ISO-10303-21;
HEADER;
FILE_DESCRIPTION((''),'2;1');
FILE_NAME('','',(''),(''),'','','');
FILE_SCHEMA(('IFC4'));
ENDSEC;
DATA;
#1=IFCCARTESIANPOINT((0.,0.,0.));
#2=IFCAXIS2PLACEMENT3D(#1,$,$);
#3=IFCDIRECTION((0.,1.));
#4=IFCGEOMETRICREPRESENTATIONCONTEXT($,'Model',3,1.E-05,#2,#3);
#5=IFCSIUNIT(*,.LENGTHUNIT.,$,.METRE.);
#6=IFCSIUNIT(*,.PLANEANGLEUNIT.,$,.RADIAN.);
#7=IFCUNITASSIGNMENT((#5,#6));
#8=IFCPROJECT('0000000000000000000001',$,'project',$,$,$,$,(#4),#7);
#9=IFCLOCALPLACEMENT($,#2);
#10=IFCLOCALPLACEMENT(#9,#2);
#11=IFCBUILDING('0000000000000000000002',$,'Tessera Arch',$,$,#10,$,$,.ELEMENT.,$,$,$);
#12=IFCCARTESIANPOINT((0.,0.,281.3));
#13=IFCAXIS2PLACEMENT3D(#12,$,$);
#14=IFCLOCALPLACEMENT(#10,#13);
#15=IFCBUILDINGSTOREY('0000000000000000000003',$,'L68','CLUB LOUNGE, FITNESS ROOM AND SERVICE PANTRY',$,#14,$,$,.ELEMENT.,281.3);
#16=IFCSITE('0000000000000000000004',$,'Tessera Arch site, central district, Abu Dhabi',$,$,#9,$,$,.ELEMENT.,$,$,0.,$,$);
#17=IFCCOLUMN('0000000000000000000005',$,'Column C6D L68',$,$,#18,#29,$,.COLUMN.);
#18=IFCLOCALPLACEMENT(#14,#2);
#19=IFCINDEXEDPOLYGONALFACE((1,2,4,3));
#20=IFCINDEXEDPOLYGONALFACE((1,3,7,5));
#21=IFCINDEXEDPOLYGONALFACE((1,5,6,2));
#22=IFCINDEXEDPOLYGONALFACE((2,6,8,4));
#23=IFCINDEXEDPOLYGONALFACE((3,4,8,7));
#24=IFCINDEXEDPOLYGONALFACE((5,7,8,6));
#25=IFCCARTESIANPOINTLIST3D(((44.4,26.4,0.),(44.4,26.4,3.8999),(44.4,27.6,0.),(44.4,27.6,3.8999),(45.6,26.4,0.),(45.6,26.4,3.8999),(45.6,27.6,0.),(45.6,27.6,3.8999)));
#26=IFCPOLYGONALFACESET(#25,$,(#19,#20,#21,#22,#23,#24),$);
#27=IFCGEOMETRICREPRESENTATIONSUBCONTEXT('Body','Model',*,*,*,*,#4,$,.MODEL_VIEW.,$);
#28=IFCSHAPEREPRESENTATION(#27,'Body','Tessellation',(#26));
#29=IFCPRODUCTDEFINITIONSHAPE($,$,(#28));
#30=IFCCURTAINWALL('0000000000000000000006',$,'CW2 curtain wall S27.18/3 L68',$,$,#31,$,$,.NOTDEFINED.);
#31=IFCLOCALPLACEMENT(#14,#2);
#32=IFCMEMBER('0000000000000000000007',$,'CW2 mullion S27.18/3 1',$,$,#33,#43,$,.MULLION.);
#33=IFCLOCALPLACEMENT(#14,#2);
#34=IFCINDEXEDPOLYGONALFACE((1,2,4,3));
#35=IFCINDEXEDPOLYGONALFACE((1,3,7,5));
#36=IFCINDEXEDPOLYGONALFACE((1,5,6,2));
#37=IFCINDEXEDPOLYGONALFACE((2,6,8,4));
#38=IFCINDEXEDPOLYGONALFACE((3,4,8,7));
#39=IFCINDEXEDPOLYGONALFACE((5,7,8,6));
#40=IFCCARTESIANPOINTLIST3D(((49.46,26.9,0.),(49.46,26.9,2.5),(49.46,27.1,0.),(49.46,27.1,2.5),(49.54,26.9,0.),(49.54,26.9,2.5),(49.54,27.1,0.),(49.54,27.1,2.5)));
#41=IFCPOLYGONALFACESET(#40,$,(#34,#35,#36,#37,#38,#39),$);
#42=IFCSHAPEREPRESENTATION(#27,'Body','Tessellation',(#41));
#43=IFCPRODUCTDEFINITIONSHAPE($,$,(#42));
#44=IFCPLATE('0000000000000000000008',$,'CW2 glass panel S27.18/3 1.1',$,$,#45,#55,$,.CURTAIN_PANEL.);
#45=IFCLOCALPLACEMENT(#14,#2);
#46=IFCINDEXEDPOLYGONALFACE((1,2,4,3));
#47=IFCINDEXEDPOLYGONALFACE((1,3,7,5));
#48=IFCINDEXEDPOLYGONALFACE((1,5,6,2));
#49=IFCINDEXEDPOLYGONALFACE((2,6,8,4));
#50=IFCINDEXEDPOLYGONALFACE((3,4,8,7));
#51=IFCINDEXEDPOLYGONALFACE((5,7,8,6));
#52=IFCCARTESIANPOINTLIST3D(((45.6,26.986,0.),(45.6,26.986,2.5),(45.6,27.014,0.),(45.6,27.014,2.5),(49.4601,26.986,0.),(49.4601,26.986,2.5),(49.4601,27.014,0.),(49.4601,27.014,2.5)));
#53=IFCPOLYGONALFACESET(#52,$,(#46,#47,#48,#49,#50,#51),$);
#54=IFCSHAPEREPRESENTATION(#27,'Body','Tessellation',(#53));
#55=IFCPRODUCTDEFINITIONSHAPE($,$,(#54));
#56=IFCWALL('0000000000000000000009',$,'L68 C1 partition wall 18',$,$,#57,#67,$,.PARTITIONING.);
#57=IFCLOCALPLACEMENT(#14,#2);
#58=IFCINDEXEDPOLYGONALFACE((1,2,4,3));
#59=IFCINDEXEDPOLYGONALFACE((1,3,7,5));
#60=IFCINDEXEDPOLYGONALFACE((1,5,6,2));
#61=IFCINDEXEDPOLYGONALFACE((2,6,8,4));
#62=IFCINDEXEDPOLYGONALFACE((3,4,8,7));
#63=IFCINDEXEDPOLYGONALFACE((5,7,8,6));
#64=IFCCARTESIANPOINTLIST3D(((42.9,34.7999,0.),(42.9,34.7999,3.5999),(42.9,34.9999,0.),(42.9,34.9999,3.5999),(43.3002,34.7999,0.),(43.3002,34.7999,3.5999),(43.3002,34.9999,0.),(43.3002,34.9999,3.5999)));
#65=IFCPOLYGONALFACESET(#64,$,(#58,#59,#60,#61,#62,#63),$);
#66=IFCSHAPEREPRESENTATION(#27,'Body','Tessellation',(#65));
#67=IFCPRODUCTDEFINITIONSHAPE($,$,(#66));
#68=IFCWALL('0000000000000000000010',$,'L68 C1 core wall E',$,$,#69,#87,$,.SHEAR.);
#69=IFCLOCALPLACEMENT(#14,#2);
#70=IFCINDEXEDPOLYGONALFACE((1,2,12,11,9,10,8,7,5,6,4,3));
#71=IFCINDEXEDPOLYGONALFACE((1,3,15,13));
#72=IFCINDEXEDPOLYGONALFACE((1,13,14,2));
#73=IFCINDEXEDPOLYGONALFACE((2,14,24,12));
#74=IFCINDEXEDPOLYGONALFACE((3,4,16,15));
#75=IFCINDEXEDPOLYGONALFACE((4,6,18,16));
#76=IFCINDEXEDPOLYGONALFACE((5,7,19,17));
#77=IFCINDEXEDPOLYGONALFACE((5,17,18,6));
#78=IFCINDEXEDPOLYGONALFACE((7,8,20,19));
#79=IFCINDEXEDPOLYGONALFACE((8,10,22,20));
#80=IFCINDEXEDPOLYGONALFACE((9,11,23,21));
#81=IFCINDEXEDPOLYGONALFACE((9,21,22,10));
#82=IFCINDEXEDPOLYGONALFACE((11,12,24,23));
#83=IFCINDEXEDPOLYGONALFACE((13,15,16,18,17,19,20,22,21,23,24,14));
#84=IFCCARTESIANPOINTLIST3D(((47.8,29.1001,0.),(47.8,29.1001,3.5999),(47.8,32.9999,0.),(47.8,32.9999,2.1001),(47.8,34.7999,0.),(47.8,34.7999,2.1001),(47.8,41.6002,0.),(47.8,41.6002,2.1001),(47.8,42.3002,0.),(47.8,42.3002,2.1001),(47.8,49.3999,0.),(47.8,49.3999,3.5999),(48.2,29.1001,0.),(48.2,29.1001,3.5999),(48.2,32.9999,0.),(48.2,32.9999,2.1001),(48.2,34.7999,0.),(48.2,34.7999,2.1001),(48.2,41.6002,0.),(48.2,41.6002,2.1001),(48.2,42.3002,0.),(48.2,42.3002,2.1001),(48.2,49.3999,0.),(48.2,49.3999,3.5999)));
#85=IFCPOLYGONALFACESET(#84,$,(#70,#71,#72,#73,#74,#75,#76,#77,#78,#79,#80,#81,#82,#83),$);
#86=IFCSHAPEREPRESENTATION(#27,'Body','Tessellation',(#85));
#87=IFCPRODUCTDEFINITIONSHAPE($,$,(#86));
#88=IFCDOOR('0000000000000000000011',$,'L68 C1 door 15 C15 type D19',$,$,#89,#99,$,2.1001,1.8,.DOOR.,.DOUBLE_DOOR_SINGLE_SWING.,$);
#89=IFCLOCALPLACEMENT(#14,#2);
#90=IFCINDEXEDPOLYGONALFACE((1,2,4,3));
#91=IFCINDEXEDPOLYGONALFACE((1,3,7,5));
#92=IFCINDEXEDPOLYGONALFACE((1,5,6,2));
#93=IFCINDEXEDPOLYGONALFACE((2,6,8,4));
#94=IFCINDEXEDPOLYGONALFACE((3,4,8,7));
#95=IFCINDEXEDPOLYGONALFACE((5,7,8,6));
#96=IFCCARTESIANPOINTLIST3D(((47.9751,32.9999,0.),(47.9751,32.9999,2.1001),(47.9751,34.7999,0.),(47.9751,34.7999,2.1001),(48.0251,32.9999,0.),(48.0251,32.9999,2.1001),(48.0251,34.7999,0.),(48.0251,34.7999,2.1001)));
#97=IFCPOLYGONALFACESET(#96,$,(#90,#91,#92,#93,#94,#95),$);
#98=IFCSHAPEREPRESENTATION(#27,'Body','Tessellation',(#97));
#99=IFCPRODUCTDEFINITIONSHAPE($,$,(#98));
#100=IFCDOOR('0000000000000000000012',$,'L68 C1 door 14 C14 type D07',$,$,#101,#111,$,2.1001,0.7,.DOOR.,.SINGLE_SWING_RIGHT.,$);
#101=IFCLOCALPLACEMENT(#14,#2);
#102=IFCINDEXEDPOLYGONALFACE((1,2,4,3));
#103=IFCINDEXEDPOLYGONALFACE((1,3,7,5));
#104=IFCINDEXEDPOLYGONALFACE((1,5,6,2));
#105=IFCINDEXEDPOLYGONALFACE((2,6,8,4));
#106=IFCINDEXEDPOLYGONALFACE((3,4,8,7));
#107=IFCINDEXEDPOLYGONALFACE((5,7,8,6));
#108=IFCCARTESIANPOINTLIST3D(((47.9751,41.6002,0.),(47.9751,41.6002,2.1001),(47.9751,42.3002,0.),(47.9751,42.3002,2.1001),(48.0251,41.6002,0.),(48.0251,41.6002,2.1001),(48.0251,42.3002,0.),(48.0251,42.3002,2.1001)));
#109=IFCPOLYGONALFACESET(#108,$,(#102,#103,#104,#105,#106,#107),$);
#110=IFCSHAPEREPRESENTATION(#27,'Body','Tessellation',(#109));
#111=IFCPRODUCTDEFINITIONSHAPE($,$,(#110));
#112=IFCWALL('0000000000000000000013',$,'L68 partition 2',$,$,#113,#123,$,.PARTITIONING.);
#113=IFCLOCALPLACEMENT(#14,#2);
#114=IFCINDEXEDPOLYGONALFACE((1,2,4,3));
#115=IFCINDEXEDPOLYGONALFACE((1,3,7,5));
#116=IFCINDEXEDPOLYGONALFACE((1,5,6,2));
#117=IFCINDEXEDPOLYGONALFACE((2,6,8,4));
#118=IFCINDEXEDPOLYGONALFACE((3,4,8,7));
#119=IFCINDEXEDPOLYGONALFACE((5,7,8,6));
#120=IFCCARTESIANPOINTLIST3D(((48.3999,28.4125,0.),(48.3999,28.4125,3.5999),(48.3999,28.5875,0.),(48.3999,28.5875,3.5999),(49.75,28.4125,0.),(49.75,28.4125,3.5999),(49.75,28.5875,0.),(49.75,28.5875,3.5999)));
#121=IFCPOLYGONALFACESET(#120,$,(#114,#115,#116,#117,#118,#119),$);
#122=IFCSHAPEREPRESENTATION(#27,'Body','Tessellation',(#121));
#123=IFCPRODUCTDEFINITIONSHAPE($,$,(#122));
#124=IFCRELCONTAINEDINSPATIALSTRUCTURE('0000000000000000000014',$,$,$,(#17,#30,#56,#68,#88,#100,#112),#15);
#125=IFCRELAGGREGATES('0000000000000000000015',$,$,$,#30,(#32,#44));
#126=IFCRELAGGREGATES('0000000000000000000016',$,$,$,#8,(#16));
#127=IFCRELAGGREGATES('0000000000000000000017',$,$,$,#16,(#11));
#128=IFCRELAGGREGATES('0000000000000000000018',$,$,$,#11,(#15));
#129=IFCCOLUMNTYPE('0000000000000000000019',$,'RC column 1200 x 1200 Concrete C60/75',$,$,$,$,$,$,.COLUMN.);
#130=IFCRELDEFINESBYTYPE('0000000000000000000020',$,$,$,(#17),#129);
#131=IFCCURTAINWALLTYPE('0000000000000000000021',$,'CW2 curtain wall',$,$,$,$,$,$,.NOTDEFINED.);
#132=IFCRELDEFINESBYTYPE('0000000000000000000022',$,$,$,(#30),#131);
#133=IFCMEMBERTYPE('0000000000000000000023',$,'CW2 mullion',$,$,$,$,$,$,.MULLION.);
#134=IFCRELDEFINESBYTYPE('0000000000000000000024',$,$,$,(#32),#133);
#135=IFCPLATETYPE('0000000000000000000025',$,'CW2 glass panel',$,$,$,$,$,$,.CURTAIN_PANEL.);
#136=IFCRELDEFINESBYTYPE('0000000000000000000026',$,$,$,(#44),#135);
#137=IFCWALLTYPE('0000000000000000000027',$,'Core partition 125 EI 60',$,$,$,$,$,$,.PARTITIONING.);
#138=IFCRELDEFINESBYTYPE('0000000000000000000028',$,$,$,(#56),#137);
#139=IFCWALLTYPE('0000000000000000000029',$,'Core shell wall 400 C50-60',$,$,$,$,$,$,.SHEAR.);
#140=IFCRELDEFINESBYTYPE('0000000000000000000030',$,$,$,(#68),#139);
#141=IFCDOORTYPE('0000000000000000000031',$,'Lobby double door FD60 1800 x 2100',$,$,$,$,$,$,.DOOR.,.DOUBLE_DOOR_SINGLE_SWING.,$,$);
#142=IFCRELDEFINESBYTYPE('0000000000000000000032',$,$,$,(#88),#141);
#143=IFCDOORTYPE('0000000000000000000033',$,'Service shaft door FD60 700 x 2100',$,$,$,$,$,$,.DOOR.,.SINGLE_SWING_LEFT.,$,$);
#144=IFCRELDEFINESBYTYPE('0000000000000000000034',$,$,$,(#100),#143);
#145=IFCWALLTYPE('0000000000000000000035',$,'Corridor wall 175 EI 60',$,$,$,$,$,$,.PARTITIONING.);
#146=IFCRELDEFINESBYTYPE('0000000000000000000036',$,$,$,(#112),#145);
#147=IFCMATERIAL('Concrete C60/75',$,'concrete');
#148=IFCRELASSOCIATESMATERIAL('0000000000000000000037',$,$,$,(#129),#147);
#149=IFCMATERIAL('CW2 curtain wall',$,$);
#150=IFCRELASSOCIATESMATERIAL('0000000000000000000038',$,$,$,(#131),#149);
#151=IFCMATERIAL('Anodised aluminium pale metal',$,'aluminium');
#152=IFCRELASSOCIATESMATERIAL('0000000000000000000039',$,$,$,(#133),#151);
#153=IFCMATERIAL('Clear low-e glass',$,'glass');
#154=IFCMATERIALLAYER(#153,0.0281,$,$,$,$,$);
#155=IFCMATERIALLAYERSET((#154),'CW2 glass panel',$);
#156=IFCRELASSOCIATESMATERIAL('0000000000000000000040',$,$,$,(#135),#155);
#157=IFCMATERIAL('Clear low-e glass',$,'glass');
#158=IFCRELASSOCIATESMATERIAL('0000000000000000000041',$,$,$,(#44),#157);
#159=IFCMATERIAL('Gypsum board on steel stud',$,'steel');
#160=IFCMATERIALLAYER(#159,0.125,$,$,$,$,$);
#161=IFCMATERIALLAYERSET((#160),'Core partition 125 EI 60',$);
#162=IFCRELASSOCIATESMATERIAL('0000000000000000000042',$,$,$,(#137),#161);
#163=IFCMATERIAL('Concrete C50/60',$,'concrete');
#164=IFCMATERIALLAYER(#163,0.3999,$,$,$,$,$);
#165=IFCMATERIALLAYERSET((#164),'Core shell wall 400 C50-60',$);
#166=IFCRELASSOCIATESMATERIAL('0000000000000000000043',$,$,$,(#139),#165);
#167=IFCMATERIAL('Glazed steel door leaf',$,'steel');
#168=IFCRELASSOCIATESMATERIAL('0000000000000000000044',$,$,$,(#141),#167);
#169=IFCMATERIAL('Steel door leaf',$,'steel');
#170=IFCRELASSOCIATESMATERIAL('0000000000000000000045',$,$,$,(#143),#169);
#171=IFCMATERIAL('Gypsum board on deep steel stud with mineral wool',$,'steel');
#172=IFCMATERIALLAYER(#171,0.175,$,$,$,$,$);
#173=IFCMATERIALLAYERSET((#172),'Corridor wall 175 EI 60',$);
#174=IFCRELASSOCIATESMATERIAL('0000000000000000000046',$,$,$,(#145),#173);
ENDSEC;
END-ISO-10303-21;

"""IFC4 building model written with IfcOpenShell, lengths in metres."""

from ifc_helpers import new_model, si_unit, direction, frame, frame_2d, origin, origin_2d, place, context, subcontext, project, spatial, rectangle, extrude, material, layer, layer_set, material_profile, profile_set, type_object, element, fill, aggregate, save


model = new_model("IFC4")

# Units and contexts
model_context = context("Model", 3, precision=1e-05, world=origin(), true_north=direction((0.0, 1.0)))
body_context = subcontext(model_context, "Body", "Model", "MODEL_VIEW")
ifc_project = project(units=[si_unit("LENGTHUNIT", "METRE"), si_unit("PLANEANGLEUNIT", "RADIAN")], contexts=[model_context])

# Site, building, storey
site_placement = place(None, origin())
site = spatial("IfcSite", under=ifc_project, at=site_placement, Name="Tessera Arch site, central district, Abu Dhabi", CompositionType="ELEMENT", RefElevation=0.0)
building_placement = place(site_placement, origin())
building = spatial("IfcBuilding", under=site, at=building_placement, Name="Tessera Arch", CompositionType="ELEMENT")
storey_placement = place(building_placement, frame((0.0, 0.0, 281.3)))
storey = spatial("IfcBuildingStorey", under=building, at=storey_placement, Name="L68", Description="CLUB LOUNGE, FITNESS ROOM AND SERVICE PANTRY", CompositionType="ELEMENT", Elevation=281.3)

# Column
ifc_material_1 = material(Name="Concrete C60/75", Category="concrete")
ifc_material_profile_1 = material_profile(ifc_material_1, rectangle(XDim=1.2, YDim=1.2, at=origin_2d()), Name="RC column 1200 x 1200 Concrete C60/75")
ifc_profile_set_1 = profile_set([ifc_material_profile_1], Name="Concrete C60/75")
column_type = type_object("IfcColumnType", Name="RC column 1200 x 1200 Concrete C60/75", PredefinedType="COLUMN", material=ifc_profile_set_1)
column_placement = place(storey_placement, frame((45.0, 27.0, 0.0), z_axis=(0.0, 0.0, 1.0), x_axis=(1.0, 0.0, 0.0)))
element("IfcColumn", 1, at=column_placement, inside=storey, type_object=column_type, Name="Column C6D L68", PredefinedType="COLUMN", context=body_context, shape_type="SweptSolid", body=[
    extrude(rectangle(XDim=1.2, YDim=1.2, at=origin_2d()), origin(), (0.0, 0.0, 1.0), 3.8999),
])

# Curtain wall, member, plate
ifc_material_2 = material(Name="CW2 curtain wall")
curtain_wall_type = type_object("IfcCurtainWallType", Name="CW2 curtain wall", PredefinedType="NOTDEFINED", material=ifc_material_2)
curtain_wall_placement = place(storey_placement, origin())
curtain_wall = element("IfcCurtainWall", 2, at=curtain_wall_placement, inside=storey, type_object=curtain_wall_type, Name="CW2 curtain wall S27.18/3 L68", PredefinedType="NOTDEFINED")
ifc_material_3 = material(Name="Anodised aluminium pale metal", Category="aluminium")
ifc_material_profile_2 = material_profile(ifc_material_3, rectangle(XDim=0.2, YDim=0.0801, at=origin_2d()), Name="AL 80x200")
ifc_profile_set_2 = profile_set([ifc_material_profile_2], Name="Anodised aluminium pale metal")
member_type = type_object("IfcMemberType", Name="CW2 mullion", PredefinedType="MULLION", material=ifc_profile_set_2)
member_placement = place(storey_placement, frame((49.5, 27.0, 0.0), z_axis=(0.0, 0.0, 1.0), x_axis=(0.0, 1.0, 0.0)))
member = element("IfcMember", 3, at=member_placement, type_object=member_type, Name="CW2 mullion S27.18/3 1", PredefinedType="MULLION", context=body_context, shape_type="SweptSolid", body=[
    extrude(rectangle(XDim=0.2, YDim=0.0801, at=origin_2d()), origin(), (0.0, 0.0, 1.0), 2.5),
])
ifc_material_4 = material(Name="Clear low-e glass", Category="glass")
ifc_material_5 = material(Name="Clear low-e glass", Category="glass")
ifc_layer_1 = layer(ifc_material_5, 0.0281)
ifc_layer_set_1 = layer_set([ifc_layer_1], Name="CW2 glass panel")
plate_type = type_object("IfcPlateType", Name="CW2 glass panel", PredefinedType="CURTAIN_PANEL", material=ifc_layer_set_1)
plate_placement = place(storey_placement, frame((47.53, 27.0, 0.0), z_axis=(0.0, 0.0, 1.0), x_axis=(1.0, 0.0, 0.0)))
plate = element("IfcPlate", 4, at=plate_placement, type_object=plate_type, material=ifc_material_4, Name="CW2 glass panel S27.18/3 1.1", PredefinedType="CURTAIN_PANEL", context=body_context, shape_type="SweptSolid", body=[
    extrude(rectangle(XDim=3.8601, YDim=0.0281, at=origin_2d()), origin(), (0.0, 0.0, 1.0), 2.5),
])
aggregate(curtain_wall, [member, plate])

# Wall
ifc_material_6 = material(Name="Gypsum board on steel stud", Category="steel")
ifc_layer_2 = layer(ifc_material_6, 0.125)
ifc_layer_set_2 = layer_set([ifc_layer_2], Name="Core partition 125 EI 60")
wall_type_1 = type_object("IfcWallType", Name="Core partition 125 EI 60", PredefinedType="PARTITIONING", material=ifc_layer_set_2)
wall_1_placement = place(storey_placement, frame((42.8999, 34.8999, 0.0), z_axis=(0.0, 0.0, 1.0), x_axis=(1.0, 0.0, 0.0)))
element("IfcWall", 5, at=wall_1_placement, inside=storey, type_object=wall_type_1, Name="L68 C1 partition wall 18", PredefinedType="PARTITIONING", context=body_context, shape_type="SweptSolid", body=[
    extrude(rectangle(XDim=0.4001, YDim=0.2, at=frame_2d((0.2002, 0.0))), origin(), (0.0, 0.0, 1.0), 3.5999),
])

# Wall, openings, doors
ifc_material_7 = material(Name="Concrete C50/60", Category="concrete")
ifc_layer_3 = layer(ifc_material_7, 0.3999)
ifc_layer_set_3 = layer_set([ifc_layer_3], Name="Core shell wall 400 C50-60")
wall_type_2 = type_object("IfcWallType", Name="Core shell wall 400 C50-60", PredefinedType="SHEAR", material=ifc_layer_set_3)
wall_2_placement = place(storey_placement, frame((48.0, 29.1001, 0.0), z_axis=(0.0, 0.0, 1.0), x_axis=(0.0, 1.0, 0.0)))
wall_2 = element("IfcWall", 6, at=wall_2_placement, inside=storey, type_object=wall_type_2, Name="L68 C1 core wall E", PredefinedType="SHEAR", context=body_context, shape_type="SweptSolid", body=[
    extrude(rectangle(XDim=20.2998, YDim=0.3999, at=frame_2d((10.1499, 0.0))), origin(), (0.0, 0.0, 1.0), 3.5999),
])
opening_1_placement = place(wall_2_placement, frame((12.5, 0.0, 0.0)))
opening_1 = element("IfcOpeningElement", 7, at=opening_1_placement, cuts=wall_2, PredefinedType="OPENING", context=body_context, shape_type="SweptSolid", body=[
    extrude(rectangle(XDim=0.7, YDim=2.1001, at=frame_2d((0.3501, 1.05))), frame((0.0, 0.21, 0.0), z_axis=(0.0, -1.0, 0.0), x_axis=(1.0, 0.0, 0.0)), (0.0, 0.0, 1.0), 0.4199),
])
opening_2_placement = place(wall_2_placement, frame((3.8999, 0.0, 0.0)))
opening_2 = element("IfcOpeningElement", 8, at=opening_2_placement, cuts=wall_2, PredefinedType="OPENING", context=body_context, shape_type="SweptSolid", body=[
    extrude(rectangle(XDim=1.8, YDim=2.1001, at=frame_2d((0.8999, 1.05))), frame((0.0, 0.21, 0.0), z_axis=(0.0, -1.0, 0.0), x_axis=(1.0, 0.0, 0.0)), (0.0, 0.0, 1.0), 0.4199),
])
ifc_material_8 = material(Name="Glazed steel door leaf", Category="steel")
door_type_1 = type_object("IfcDoorType", Name="Lobby double door FD60 1800 x 2100", OperationType="DOUBLE_DOOR_SINGLE_SWING", PredefinedType="DOOR", material=ifc_material_8)
door_1_placement = place(opening_2_placement, origin())
door_1 = element("IfcDoor", 9, at=door_1_placement, inside=storey, type_object=door_type_1, Name="L68 C1 door 15 C15 type D19", OperationType="DOUBLE_DOOR_SINGLE_SWING", OverallHeight=2.1001, OverallWidth=1.8, PredefinedType="DOOR", context=body_context, shape_type="SweptSolid", body=[
    extrude(rectangle(XDim=1.8, YDim=2.1001, at=frame_2d((0.8999, 1.05))), frame((0.0, 0.0249, 0.0), z_axis=(0.0, -1.0, 0.0), x_axis=(1.0, 0.0, 0.0)), (0.0, 0.0, 1.0), 0.05),
])
fill(opening_2, door_1)
ifc_material_9 = material(Name="Steel door leaf", Category="steel")
door_type_2 = type_object("IfcDoorType", Name="Service shaft door FD60 700 x 2100", OperationType="SINGLE_SWING_LEFT", PredefinedType="DOOR", material=ifc_material_9)
door_2_placement = place(opening_1_placement, origin())
door_2 = element("IfcDoor", 10, at=door_2_placement, inside=storey, type_object=door_type_2, Name="L68 C1 door 14 C14 type D07", OperationType="SINGLE_SWING_RIGHT", OverallHeight=2.1001, OverallWidth=0.7, PredefinedType="DOOR", context=body_context, shape_type="SweptSolid", body=[
    extrude(rectangle(XDim=0.7, YDim=2.1001, at=frame_2d((0.3501, 1.05))), frame((0.0, 0.0249, 0.0), z_axis=(0.0, -1.0, 0.0), x_axis=(1.0, 0.0, 0.0)), (0.0, 0.0, 1.0), 0.05),
])
fill(opening_1, door_2)

# Wall
ifc_material_10 = material(Name="Gypsum board on deep steel stud with mineral wool", Category="steel")
ifc_layer_4 = layer(ifc_material_10, 0.175)
ifc_layer_set_4 = layer_set([ifc_layer_4], Name="Corridor wall 175 EI 60")
wall_type_3 = type_object("IfcWallType", Name="Corridor wall 175 EI 60", PredefinedType="PARTITIONING", material=ifc_layer_set_4)
wall_3_placement = place(storey_placement, frame((48.3999, 28.5, 0.0), z_axis=(0.0, 0.0, 1.0), x_axis=(1.0, 0.0, 0.0)))
element("IfcWall", 11, at=wall_3_placement, inside=storey, type_object=wall_type_3, Name="L68 partition 2", PredefinedType="PARTITIONING", context=body_context, shape_type="SweptSolid", body=[
    extrude(rectangle(XDim=1.3501, YDim=0.175, at=frame_2d((0.675, 0.0))), origin(), (0.0, 0.0, 1.0), 3.5999),
])

save(model, "model.ifc")
